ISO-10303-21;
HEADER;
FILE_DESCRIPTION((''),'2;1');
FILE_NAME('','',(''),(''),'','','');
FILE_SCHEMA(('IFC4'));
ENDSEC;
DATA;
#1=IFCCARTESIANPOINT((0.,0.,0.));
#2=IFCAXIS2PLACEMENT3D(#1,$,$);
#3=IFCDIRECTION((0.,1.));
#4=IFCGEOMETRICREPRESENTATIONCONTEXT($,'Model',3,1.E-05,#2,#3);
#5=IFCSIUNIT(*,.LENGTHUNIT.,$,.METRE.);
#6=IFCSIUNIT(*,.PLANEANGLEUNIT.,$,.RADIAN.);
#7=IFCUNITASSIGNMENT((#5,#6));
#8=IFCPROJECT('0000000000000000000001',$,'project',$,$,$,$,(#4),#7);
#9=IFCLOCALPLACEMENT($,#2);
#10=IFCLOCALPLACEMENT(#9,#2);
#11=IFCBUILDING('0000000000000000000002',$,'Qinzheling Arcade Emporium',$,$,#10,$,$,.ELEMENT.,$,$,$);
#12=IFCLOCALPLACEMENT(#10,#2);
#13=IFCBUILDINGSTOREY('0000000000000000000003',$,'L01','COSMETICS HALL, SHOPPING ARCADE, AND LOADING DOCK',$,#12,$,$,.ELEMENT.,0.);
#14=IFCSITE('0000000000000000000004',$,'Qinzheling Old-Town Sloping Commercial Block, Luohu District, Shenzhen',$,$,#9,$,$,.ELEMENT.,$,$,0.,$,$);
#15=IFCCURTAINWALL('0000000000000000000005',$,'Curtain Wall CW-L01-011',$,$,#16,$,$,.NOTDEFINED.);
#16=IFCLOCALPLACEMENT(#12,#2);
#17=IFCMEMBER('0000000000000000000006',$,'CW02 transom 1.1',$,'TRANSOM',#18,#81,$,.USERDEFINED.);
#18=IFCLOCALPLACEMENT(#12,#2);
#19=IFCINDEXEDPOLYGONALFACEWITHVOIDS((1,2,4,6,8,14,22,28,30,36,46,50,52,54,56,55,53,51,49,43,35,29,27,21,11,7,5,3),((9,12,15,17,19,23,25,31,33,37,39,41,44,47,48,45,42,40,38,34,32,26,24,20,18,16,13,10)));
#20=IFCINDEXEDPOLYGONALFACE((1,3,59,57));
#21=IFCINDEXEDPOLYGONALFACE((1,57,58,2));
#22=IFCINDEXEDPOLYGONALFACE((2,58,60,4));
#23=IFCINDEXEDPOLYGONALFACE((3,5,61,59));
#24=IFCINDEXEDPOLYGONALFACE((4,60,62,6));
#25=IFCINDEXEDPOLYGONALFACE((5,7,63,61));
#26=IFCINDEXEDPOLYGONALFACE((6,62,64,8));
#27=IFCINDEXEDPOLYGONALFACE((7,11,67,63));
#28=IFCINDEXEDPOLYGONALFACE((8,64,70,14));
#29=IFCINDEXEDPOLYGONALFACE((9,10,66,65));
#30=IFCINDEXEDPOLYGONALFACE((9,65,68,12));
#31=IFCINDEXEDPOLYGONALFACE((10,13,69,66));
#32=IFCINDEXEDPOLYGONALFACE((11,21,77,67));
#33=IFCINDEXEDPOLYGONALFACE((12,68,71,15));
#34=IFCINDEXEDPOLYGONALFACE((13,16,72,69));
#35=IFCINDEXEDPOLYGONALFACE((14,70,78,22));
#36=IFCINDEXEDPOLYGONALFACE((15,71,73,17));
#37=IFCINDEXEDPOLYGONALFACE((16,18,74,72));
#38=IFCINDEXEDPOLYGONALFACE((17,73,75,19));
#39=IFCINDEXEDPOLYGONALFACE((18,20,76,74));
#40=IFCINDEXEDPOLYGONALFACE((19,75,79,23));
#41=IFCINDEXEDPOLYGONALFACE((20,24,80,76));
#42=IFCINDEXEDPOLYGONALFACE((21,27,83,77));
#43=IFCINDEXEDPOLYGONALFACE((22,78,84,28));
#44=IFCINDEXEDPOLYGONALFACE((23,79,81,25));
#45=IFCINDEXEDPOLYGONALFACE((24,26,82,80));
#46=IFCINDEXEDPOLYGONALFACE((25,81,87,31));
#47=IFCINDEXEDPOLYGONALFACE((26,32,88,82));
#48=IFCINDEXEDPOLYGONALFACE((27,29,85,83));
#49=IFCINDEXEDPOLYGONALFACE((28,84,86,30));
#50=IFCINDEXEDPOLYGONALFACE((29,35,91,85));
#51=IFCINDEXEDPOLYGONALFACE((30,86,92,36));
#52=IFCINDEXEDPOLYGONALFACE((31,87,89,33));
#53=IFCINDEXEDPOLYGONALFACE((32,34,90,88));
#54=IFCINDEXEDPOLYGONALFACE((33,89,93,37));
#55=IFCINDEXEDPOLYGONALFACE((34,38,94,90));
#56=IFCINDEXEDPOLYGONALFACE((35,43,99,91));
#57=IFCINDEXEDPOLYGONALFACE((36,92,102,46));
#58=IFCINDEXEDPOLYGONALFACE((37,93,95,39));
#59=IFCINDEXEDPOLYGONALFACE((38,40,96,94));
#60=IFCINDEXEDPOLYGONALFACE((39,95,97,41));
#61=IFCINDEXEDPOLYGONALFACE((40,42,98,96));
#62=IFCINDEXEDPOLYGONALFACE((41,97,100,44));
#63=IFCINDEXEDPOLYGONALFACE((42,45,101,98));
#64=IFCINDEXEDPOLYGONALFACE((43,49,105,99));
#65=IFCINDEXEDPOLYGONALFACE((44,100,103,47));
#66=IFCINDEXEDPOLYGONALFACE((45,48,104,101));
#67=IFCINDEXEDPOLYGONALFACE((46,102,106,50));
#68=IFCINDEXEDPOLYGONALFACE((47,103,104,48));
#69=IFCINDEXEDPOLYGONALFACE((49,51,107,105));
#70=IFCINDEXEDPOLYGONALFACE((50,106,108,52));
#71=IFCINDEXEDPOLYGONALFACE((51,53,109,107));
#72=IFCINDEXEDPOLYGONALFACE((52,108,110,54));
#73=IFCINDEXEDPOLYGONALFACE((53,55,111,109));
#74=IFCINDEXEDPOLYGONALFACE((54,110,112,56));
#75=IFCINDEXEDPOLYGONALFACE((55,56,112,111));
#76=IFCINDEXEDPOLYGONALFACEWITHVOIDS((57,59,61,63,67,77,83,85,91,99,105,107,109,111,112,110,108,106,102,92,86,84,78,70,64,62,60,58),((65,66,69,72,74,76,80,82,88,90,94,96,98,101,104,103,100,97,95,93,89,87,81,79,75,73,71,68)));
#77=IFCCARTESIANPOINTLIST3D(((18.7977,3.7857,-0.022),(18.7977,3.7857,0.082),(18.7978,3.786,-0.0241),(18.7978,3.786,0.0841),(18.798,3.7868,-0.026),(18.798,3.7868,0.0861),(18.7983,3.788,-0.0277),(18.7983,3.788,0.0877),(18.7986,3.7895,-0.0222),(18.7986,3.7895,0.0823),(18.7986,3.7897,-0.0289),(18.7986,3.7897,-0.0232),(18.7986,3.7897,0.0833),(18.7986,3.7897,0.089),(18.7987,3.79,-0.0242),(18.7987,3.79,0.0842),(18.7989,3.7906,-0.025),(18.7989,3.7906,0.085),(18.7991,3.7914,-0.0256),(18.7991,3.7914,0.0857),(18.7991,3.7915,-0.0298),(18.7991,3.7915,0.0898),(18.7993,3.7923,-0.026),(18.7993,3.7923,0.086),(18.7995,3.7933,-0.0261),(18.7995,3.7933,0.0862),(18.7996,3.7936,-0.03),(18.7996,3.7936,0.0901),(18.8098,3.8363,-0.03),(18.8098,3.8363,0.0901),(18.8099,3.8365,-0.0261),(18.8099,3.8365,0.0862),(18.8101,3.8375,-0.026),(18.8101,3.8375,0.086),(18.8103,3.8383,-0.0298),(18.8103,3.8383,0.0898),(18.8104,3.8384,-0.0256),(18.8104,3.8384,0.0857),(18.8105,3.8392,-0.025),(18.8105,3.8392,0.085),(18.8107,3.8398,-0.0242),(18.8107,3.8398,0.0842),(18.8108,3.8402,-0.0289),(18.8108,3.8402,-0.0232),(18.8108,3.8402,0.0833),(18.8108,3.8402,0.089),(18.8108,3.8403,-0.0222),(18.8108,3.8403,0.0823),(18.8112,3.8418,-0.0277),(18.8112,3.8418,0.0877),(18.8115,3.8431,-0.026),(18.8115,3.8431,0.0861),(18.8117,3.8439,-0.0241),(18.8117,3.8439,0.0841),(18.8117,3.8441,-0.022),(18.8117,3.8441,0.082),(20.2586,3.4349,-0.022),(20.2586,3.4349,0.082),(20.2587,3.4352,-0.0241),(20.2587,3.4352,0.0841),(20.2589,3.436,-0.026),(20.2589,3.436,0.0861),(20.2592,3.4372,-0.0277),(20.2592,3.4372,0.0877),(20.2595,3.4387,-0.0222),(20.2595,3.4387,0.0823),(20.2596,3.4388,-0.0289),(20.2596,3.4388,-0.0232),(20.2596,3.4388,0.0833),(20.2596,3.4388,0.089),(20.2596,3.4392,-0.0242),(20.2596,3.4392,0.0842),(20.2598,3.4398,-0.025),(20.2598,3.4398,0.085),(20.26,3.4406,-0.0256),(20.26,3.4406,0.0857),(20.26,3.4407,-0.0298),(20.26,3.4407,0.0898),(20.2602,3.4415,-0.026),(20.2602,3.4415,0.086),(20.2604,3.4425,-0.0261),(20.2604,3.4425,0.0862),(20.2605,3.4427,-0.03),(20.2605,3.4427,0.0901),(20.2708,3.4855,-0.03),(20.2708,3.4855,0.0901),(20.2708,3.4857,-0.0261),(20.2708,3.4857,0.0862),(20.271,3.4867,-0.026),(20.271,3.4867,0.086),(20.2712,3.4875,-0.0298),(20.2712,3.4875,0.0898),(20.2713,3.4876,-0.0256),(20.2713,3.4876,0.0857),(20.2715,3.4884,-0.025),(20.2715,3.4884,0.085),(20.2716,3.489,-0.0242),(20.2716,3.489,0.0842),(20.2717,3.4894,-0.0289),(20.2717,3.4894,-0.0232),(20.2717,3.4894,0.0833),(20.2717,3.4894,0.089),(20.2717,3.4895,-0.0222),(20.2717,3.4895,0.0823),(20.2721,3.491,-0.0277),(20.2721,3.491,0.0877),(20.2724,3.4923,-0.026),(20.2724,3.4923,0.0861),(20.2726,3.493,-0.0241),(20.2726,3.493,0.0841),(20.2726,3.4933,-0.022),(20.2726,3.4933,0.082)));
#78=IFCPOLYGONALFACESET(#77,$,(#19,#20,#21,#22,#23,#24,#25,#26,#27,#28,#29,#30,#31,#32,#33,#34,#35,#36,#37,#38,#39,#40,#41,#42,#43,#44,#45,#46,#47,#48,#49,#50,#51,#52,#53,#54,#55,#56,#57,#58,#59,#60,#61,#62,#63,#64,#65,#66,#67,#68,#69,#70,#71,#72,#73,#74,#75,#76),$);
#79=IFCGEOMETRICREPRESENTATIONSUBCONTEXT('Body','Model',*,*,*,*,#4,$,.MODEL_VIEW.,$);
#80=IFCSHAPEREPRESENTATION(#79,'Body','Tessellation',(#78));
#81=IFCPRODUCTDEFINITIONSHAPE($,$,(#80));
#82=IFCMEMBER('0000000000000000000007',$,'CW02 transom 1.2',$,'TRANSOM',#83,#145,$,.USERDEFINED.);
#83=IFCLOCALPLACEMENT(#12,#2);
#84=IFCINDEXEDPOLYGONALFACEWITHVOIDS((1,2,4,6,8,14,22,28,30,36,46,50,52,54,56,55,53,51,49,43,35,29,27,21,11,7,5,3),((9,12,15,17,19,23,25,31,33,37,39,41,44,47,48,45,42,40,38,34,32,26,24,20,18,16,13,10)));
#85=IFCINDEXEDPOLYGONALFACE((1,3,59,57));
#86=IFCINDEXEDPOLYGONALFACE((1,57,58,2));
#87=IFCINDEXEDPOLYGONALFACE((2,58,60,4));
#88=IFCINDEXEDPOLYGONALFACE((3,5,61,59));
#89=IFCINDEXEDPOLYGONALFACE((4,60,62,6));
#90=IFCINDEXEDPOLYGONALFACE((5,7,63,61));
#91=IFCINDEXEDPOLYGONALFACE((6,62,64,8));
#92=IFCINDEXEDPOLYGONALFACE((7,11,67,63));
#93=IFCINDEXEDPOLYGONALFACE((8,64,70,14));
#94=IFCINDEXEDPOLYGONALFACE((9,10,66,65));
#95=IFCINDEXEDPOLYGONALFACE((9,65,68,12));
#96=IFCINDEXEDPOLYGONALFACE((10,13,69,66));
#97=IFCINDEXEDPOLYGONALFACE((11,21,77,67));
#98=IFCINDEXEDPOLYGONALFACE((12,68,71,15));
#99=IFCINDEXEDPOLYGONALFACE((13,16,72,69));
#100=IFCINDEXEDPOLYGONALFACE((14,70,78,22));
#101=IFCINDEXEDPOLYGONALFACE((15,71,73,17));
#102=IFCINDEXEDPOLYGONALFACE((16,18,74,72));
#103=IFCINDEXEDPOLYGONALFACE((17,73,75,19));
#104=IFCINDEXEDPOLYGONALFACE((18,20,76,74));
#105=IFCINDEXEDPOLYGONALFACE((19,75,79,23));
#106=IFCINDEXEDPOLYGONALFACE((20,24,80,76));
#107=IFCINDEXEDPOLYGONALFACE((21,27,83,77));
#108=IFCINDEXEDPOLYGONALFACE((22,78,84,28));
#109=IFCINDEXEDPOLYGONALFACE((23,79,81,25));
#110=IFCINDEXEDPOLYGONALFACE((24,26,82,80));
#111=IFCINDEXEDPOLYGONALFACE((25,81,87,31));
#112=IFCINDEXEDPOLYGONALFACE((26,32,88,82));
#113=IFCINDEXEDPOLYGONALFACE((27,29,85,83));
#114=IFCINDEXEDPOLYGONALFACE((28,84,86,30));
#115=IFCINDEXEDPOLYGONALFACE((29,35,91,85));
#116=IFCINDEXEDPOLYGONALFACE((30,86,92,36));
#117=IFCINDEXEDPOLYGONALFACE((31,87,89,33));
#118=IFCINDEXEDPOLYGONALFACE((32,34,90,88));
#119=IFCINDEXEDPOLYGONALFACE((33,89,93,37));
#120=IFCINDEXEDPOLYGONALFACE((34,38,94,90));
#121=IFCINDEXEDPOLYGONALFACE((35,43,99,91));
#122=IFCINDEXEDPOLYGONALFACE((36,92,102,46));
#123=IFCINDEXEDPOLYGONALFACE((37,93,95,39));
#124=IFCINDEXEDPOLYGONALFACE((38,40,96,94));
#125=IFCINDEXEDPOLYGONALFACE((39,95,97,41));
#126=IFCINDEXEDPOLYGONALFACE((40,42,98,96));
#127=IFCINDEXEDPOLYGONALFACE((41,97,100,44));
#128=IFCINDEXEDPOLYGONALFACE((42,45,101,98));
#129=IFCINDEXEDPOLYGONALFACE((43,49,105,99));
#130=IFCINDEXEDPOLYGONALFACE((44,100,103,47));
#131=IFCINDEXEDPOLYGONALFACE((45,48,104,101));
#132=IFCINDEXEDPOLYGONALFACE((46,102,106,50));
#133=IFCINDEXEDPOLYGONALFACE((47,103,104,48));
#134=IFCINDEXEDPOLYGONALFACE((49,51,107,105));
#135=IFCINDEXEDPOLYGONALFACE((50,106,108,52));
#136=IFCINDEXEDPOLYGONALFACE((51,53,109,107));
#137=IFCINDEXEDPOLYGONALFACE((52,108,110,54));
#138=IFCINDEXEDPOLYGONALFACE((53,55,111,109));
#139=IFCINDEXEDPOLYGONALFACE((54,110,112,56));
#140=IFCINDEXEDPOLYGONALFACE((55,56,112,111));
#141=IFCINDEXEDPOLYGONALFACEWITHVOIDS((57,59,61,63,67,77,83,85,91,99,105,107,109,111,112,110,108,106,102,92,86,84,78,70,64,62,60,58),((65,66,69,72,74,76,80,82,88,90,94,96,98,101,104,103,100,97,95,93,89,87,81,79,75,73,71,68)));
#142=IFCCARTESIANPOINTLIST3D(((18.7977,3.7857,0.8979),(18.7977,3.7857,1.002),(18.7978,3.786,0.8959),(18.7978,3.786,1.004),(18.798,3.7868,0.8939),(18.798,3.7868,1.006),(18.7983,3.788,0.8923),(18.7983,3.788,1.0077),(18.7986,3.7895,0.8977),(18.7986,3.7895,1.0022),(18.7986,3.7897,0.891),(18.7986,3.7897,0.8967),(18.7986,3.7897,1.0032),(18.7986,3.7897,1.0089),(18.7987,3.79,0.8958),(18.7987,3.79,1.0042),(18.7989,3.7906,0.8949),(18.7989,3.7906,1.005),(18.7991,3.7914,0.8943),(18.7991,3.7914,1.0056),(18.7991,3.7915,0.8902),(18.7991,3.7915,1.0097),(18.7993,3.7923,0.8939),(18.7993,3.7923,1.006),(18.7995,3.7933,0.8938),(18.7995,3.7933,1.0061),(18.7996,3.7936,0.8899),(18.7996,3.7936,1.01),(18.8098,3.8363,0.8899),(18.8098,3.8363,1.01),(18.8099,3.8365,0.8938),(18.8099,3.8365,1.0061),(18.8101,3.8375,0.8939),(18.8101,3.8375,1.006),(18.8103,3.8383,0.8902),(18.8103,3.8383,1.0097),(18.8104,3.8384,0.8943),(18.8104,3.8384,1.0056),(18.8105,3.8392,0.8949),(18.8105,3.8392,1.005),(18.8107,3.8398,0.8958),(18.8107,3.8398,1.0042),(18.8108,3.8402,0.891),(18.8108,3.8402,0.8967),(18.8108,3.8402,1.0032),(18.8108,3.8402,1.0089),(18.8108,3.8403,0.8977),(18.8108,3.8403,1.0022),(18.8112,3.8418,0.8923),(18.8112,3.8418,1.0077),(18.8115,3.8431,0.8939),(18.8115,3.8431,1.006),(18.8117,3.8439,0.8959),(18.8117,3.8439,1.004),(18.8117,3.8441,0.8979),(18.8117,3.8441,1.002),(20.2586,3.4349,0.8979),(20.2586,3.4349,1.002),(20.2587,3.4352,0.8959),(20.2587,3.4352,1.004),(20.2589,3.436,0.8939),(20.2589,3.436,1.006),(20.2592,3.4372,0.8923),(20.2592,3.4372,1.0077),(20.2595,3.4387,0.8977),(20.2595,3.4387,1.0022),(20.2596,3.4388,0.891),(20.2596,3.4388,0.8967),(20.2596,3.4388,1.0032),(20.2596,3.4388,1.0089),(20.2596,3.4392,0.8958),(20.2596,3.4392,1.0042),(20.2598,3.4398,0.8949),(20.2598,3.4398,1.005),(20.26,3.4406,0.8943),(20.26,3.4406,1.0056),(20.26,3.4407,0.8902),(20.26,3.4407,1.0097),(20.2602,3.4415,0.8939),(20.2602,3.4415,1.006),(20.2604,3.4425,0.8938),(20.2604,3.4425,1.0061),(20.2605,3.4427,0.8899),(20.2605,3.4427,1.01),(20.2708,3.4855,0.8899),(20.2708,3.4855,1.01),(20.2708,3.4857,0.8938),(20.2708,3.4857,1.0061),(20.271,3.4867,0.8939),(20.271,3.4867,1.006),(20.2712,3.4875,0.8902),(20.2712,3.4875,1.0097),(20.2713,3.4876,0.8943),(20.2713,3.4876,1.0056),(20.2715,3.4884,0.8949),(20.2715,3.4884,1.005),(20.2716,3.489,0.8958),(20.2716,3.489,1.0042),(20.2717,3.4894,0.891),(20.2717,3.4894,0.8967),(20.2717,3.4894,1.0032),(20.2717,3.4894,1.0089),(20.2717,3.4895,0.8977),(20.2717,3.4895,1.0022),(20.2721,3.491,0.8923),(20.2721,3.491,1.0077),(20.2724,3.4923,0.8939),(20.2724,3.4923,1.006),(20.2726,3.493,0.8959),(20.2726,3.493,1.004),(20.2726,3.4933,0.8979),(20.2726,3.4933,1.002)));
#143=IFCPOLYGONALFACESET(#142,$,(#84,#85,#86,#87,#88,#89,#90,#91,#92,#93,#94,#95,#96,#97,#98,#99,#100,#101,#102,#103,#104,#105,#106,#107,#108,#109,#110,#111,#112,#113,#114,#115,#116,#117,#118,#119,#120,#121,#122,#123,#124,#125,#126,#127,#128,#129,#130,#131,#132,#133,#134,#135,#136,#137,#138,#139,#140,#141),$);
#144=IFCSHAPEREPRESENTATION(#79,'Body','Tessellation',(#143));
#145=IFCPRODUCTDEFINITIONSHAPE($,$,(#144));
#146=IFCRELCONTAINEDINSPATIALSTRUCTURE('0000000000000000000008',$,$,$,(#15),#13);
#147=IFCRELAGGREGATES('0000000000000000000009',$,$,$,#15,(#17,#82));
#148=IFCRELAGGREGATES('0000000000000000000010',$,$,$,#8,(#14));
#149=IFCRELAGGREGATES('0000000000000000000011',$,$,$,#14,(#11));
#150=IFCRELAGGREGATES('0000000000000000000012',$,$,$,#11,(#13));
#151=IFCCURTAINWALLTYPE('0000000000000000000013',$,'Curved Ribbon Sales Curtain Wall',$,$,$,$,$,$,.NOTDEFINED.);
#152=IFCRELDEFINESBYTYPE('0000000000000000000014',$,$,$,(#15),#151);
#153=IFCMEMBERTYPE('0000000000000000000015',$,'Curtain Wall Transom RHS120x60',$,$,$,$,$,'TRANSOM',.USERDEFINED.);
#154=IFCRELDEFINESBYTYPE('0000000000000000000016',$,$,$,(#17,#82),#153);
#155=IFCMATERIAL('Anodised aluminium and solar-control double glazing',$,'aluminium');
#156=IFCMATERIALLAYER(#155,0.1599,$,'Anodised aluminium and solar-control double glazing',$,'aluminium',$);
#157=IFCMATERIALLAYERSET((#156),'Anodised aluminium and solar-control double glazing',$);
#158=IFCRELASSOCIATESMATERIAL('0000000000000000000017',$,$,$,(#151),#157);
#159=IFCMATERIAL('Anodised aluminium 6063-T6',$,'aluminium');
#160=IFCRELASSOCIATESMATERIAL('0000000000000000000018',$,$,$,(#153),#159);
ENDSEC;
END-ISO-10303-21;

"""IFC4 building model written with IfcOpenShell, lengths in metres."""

from ifc_helpers import new_model, si_unit, direction, frame, origin, origin_2d, place, context, subcontext, project, spatial, hollow_rectangle, extrude, material, layer, layer_set, material_profile, profile_set, type_object, element, aggregate, save


model = new_model("IFC4")

# Units and contexts
model_context = context("Model", 3, precision=1e-05, world=origin(), true_north=direction((0.0, 1.0)))
body_context = subcontext(model_context, "Body", "Model", "MODEL_VIEW")
ifc_project = project(units=[si_unit("LENGTHUNIT", "METRE"), si_unit("PLANEANGLEUNIT", "RADIAN")], contexts=[model_context])

# Site, building, storey
site_placement = place(None, origin())
site = spatial("IfcSite", under=ifc_project, at=site_placement, Name="Qinzheling Old-Town Sloping Commercial Block, Luohu District, Shenzhen", CompositionType="ELEMENT", RefElevation=0.0)
building_placement = place(site_placement, origin())
building = spatial("IfcBuilding", under=site, at=building_placement, Name="Qinzheling Arcade Emporium", CompositionType="ELEMENT")
storey_placement = place(building_placement, origin())
storey = spatial("IfcBuildingStorey", under=building, at=storey_placement, Name="L01", Description="COSMETICS HALL, SHOPPING ARCADE, AND LOADING DOCK", CompositionType="ELEMENT", Elevation=0.0)

# Curtain wall, members
ifc_material_1 = material(Name="Anodised aluminium and solar-control double glazing", Category="aluminium")
ifc_layer_1 = layer(ifc_material_1, 0.1599, Name="Anodised aluminium and solar-control double glazing", Category="aluminium")
ifc_layer_set_1 = layer_set([ifc_layer_1], Name="Anodised aluminium and solar-control double glazing")
curtain_wall_type = type_object("IfcCurtainWallType", Name="Curved Ribbon Sales Curtain Wall", PredefinedType="NOTDEFINED", material=ifc_layer_set_1)
curtain_wall_placement = place(storey_placement, origin())
curtain_wall = element("IfcCurtainWall", 1, at=curtain_wall_placement, inside=storey, type_object=curtain_wall_type, Name="Curtain Wall CW-L01-011", PredefinedType="NOTDEFINED")
ifc_material_2 = material(Name="Anodised aluminium 6063-T6", Category="aluminium")
ifc_material_profile_1 = material_profile(ifc_material_2, hollow_rectangle(XDim=0.0601, YDim=0.1201, WallThickness=0.0039, InnerFilletRadius=0.0039, OuterFilletRadius=0.0081, at=origin_2d()), Name="RHS 120x60x4", Category="aluminium")
ifc_profile_set_1 = profile_set([ifc_material_profile_1], Name="Anodised aluminium 6063-T6")
member_type_1 = type_object("IfcMemberType", Name="Curtain Wall Transom RHS120x60", ElementType="TRANSOM", PredefinedType="USERDEFINED", material=ifc_profile_set_1)
member_1_placement = place(storey_placement, frame((20.2656, 3.4641, 0.03), z_axis=(-0.972356, 0.233502, 0.0), x_axis=(-0.233502, -0.972356, 0.0)))
member_1 = element("IfcMember", 2, at=member_1_placement, type_object=member_type_1, Name="CW02 transom 1.1", ObjectType="TRANSOM", PredefinedType="USERDEFINED", context=body_context, shape_type="SweptSolid", body=[
    extrude(hollow_rectangle(XDim=0.0601, YDim=0.1201, WallThickness=0.0039, InnerFilletRadius=0.0039, OuterFilletRadius=0.0081, at=origin_2d()), origin(), (0.0, 0.0, 1.0), 1.5024),
])
member_2_placement = place(storey_placement, frame((20.2656, 3.4641, 0.95), z_axis=(-0.972356, 0.233502, 0.0), x_axis=(-0.233502, -0.972356, 0.0)))
member_2 = element("IfcMember", 3, at=member_2_placement, type_object=member_type_1, Name="CW02 transom 1.2", ObjectType="TRANSOM", PredefinedType="USERDEFINED", context=body_context, shape_type="SweptSolid", body=[
    extrude(hollow_rectangle(XDim=0.0601, YDim=0.1201, WallThickness=0.0039, InnerFilletRadius=0.0039, OuterFilletRadius=0.0081, at=origin_2d()), origin(), (0.0, 0.0, 1.0), 1.5024),
])

aggregate(curtain_wall, [member_1, member_2])

save(model, "model.ifc")
